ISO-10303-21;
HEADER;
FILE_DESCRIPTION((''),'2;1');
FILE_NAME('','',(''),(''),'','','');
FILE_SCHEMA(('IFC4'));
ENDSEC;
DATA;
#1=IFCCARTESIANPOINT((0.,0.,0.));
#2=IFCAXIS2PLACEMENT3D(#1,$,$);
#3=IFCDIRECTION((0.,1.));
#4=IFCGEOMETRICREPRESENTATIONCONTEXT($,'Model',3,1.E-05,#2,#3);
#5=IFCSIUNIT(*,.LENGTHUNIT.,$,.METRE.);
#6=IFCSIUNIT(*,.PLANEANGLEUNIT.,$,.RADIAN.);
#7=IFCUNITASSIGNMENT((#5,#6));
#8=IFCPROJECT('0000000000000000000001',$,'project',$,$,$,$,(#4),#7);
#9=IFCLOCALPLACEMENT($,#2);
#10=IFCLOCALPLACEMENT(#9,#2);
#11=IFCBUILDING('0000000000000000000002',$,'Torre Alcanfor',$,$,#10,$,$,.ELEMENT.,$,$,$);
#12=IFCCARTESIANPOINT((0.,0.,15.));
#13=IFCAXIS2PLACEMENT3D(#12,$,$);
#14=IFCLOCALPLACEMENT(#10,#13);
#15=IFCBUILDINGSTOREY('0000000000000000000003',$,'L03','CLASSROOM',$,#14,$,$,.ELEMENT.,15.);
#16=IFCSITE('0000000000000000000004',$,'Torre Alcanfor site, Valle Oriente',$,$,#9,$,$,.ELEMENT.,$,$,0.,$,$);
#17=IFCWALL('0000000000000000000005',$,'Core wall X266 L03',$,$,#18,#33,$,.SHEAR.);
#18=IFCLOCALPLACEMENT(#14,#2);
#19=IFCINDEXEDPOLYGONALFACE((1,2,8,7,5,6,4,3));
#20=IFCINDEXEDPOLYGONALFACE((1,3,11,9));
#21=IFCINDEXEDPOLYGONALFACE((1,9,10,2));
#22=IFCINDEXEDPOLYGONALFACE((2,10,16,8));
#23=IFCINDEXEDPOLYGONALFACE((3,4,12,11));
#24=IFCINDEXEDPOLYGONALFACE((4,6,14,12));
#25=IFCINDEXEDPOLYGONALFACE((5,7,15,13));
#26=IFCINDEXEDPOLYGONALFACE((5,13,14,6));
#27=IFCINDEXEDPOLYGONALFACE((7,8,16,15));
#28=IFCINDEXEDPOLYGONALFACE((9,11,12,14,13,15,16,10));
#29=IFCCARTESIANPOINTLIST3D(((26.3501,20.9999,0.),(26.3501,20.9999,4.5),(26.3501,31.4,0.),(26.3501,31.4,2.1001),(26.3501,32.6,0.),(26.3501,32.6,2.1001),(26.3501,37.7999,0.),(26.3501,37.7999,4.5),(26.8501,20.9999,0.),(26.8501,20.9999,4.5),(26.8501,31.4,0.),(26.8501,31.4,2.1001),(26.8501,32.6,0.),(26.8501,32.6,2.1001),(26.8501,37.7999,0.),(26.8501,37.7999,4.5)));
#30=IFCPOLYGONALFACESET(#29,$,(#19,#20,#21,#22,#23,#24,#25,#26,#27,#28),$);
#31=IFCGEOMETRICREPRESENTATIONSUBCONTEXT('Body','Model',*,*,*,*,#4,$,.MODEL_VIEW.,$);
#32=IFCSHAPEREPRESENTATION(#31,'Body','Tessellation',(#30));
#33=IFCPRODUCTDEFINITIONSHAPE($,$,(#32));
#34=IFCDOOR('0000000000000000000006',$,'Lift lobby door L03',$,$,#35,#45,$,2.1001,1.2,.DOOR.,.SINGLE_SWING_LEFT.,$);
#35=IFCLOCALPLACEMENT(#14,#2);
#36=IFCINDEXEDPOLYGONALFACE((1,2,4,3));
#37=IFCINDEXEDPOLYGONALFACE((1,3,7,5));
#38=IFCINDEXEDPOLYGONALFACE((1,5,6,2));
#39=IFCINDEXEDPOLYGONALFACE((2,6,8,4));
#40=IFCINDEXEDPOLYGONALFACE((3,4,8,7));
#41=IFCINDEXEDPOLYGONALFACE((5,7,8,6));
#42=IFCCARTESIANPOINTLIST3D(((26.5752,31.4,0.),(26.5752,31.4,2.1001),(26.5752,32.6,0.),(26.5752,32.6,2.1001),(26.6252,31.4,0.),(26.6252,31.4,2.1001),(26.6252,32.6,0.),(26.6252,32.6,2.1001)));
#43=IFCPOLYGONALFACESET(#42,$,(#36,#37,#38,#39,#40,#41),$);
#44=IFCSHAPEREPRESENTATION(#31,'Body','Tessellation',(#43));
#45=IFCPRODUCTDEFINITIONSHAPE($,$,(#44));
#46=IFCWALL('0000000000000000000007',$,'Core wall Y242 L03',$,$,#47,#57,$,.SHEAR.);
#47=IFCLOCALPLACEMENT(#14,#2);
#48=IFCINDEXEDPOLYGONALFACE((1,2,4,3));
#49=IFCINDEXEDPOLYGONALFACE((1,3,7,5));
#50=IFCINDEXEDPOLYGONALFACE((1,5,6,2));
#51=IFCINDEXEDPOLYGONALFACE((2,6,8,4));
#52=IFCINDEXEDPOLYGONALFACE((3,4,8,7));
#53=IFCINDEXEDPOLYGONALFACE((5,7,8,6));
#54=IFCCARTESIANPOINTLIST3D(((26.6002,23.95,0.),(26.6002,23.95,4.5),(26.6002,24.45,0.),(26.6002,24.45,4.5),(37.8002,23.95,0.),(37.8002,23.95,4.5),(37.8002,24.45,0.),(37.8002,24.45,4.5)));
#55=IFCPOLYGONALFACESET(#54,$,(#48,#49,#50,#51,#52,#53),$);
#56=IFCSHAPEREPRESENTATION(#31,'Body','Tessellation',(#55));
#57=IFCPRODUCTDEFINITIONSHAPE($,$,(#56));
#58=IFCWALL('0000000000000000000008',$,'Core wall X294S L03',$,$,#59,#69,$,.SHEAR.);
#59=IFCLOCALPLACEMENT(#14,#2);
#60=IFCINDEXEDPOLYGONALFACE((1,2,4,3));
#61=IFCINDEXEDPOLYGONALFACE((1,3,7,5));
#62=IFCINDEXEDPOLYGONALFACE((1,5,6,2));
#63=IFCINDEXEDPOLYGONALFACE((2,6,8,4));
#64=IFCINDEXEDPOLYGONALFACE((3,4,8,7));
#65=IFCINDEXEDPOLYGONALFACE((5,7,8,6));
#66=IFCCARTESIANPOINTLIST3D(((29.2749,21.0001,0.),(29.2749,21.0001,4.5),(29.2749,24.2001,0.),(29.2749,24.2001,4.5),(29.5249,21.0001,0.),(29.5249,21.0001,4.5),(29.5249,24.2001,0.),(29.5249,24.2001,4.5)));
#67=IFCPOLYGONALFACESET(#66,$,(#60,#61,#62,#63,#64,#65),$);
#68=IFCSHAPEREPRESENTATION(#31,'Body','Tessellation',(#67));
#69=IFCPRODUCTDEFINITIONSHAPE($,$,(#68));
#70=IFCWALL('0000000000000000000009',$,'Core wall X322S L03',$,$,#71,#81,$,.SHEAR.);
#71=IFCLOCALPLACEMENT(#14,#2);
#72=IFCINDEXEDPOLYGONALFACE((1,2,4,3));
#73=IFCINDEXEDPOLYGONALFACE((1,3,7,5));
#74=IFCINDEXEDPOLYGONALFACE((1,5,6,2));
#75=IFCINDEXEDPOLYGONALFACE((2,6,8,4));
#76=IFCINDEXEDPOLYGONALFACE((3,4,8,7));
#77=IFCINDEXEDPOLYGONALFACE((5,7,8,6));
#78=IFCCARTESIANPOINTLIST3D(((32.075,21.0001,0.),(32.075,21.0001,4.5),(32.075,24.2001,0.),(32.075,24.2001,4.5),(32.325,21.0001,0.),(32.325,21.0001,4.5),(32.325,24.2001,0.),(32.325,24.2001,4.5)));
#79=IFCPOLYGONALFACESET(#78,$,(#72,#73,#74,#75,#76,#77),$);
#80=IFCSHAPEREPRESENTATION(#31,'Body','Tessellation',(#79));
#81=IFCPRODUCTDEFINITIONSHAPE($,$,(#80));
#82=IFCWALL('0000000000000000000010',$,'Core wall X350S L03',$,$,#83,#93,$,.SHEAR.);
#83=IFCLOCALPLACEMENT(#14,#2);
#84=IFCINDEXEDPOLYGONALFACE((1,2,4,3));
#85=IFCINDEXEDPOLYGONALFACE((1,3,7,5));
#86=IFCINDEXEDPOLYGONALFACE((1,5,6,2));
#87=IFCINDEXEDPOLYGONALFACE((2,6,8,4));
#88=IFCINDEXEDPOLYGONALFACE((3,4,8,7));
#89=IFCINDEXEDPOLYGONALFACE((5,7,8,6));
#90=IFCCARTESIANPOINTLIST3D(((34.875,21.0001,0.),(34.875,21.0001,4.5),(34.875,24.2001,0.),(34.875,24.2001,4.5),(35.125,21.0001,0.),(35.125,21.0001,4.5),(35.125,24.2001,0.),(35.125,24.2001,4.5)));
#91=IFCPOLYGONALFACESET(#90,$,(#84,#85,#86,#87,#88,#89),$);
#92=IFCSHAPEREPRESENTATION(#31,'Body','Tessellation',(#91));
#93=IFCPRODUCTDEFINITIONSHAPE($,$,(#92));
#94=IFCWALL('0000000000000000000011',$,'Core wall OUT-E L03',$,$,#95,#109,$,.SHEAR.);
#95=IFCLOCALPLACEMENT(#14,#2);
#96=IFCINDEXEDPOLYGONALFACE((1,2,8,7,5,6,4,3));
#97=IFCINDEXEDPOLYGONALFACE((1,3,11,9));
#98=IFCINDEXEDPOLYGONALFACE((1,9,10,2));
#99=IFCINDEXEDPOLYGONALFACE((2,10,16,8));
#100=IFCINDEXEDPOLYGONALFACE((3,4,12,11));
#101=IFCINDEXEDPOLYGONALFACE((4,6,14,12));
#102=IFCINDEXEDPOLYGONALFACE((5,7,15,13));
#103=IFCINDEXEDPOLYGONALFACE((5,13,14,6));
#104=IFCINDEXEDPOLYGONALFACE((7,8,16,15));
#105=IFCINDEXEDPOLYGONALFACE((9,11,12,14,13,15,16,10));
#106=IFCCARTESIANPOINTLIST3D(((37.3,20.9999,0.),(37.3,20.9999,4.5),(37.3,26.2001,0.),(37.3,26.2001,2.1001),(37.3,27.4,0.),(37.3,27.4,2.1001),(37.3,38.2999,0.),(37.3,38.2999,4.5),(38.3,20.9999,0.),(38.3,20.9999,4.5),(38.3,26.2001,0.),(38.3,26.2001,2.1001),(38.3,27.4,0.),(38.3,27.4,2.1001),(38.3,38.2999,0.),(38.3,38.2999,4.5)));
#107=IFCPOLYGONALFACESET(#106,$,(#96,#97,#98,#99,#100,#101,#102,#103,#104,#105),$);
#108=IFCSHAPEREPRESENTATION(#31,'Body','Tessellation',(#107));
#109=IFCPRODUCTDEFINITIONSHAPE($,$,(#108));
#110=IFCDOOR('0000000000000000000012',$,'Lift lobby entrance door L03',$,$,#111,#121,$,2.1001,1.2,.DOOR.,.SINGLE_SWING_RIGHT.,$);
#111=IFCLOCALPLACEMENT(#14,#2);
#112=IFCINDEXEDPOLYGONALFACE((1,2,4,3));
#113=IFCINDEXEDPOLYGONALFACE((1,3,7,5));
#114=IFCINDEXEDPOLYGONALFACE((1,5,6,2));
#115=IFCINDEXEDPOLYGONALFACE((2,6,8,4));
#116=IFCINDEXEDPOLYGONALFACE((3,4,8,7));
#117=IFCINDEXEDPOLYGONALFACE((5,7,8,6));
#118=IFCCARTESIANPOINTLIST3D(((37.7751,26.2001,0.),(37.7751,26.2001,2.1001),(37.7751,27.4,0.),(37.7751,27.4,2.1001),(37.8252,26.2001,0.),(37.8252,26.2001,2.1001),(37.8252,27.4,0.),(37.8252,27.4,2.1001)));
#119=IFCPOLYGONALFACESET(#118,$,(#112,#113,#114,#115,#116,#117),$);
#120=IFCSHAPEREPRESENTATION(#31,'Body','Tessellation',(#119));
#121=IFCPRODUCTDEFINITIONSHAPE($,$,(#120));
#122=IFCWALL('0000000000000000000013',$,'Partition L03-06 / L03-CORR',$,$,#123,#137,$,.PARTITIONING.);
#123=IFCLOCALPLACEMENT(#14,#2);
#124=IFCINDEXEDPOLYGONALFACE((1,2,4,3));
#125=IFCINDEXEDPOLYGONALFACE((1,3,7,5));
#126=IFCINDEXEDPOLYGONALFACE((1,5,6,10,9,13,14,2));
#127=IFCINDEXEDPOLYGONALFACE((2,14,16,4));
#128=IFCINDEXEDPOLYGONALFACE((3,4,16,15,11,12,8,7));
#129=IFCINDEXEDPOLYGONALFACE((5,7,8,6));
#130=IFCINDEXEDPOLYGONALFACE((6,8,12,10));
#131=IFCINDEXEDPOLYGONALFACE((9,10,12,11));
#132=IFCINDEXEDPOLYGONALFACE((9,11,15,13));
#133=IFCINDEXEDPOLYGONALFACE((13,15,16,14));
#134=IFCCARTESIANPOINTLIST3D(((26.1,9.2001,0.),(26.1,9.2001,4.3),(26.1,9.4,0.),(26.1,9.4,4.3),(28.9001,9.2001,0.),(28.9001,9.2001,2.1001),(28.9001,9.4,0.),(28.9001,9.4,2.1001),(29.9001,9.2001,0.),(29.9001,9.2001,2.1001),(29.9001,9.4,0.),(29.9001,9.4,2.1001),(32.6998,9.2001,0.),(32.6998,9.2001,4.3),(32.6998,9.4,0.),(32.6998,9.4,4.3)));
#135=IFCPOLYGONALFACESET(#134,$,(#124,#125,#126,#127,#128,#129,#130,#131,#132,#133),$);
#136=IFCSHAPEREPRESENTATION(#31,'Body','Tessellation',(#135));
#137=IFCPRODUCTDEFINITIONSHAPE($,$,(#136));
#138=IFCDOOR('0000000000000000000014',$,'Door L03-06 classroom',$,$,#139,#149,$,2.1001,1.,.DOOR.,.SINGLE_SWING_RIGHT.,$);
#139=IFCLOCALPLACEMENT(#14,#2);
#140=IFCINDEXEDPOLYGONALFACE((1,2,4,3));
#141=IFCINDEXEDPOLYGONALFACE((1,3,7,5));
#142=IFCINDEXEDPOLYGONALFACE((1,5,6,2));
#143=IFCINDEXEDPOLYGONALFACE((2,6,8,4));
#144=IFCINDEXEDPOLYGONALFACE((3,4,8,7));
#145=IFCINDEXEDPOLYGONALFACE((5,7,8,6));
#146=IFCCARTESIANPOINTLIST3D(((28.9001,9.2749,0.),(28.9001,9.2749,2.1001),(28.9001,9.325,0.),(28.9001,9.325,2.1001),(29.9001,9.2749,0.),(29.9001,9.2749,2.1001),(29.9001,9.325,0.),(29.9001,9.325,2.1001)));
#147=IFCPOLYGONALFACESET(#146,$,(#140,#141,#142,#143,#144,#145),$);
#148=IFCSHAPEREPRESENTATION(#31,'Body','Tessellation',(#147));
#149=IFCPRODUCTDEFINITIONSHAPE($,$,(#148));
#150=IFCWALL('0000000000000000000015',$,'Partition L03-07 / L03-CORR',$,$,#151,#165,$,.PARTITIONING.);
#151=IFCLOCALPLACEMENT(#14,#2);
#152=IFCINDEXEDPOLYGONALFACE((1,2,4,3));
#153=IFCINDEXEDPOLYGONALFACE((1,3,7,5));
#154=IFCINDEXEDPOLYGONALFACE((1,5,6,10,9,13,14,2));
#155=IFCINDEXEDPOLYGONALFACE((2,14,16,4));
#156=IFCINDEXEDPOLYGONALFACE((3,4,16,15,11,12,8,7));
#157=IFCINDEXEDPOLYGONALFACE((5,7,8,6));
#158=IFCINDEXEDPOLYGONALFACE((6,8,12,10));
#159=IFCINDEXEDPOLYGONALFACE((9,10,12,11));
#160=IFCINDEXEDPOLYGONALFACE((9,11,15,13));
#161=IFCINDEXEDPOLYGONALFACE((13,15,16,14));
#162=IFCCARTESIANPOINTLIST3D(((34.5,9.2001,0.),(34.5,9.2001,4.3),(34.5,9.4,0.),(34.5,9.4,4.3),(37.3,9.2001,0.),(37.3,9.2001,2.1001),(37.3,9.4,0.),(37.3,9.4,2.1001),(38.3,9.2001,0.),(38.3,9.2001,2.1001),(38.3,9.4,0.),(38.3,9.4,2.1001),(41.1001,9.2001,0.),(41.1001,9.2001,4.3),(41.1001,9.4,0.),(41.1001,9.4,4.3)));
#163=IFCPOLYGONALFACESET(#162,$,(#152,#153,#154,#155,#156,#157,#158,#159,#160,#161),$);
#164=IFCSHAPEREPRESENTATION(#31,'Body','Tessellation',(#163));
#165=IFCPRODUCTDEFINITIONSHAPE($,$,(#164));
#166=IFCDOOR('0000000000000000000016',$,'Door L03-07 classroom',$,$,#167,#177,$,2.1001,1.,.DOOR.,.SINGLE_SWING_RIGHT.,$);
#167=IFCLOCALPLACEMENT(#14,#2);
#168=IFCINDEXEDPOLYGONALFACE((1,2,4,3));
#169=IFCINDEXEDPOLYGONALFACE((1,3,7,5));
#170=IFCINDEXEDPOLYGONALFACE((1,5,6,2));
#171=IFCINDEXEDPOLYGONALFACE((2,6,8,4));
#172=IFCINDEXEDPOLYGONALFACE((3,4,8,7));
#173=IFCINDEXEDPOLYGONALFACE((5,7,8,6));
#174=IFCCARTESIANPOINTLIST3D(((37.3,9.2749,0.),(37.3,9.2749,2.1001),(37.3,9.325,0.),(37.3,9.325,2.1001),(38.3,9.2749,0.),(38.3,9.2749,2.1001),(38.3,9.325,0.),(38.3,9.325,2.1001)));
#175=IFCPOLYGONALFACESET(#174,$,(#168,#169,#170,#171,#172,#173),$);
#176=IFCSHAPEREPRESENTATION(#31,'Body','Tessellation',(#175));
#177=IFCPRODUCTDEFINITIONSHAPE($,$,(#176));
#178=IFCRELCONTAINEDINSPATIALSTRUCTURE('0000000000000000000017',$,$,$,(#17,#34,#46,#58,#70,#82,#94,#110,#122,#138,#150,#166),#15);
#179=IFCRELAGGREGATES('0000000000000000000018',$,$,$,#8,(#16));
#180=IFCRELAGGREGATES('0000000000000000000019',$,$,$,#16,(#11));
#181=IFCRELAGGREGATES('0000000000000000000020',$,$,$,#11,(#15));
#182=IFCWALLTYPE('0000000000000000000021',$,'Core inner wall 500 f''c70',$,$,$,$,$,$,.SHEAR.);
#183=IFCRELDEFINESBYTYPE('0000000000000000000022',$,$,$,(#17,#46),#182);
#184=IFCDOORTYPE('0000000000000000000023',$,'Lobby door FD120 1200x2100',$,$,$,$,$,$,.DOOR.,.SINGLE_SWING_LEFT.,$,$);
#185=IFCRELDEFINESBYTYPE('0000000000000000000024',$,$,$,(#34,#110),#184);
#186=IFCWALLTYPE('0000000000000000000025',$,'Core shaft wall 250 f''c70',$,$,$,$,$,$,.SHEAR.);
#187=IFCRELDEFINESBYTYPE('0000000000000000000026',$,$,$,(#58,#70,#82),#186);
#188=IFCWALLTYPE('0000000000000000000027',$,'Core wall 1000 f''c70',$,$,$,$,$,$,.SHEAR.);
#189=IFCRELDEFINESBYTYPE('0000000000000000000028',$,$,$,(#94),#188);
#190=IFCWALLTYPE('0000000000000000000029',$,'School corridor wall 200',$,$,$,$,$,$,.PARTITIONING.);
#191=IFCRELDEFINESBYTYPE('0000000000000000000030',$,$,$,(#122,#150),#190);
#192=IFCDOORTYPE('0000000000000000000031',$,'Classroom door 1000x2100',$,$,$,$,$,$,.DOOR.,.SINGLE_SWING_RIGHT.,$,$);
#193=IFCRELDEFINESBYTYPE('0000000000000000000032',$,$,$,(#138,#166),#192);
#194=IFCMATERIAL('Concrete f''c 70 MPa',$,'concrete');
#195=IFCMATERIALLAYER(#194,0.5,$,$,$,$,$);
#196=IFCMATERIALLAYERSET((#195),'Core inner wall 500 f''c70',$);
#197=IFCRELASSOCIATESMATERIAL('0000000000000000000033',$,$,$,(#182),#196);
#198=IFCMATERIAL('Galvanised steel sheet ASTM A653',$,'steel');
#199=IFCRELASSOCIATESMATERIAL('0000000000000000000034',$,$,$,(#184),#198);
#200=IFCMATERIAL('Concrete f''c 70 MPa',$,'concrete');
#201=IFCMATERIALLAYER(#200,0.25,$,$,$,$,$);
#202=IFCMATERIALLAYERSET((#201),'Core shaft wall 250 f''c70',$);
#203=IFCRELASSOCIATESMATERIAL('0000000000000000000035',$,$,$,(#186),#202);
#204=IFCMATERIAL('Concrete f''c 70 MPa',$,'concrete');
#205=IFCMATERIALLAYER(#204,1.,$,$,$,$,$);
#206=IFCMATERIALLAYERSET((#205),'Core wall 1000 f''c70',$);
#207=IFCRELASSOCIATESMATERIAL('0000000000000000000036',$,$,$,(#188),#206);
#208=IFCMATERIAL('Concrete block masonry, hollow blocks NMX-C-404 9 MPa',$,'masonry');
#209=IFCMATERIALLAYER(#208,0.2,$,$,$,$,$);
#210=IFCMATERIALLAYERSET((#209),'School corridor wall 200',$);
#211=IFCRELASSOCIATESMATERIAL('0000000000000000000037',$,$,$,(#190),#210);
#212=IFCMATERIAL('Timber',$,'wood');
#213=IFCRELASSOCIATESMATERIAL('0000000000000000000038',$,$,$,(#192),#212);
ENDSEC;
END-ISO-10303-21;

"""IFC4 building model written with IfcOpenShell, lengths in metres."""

from ifc_helpers import new_model, si_unit, direction, frame, frame_2d, origin, place, context, subcontext, project, spatial, rectangle, extrude, material, layer, layer_set, type_object, element, fill, save


model = new_model("IFC4")

# Units and contexts
model_context = context("Model", 3, precision=1e-05, world=origin(), true_north=direction((0.0, 1.0)))
body_context = subcontext(model_context, "Body", "Model", "MODEL_VIEW")
ifc_project = project(units=[si_unit("LENGTHUNIT", "METRE"), si_unit("PLANEANGLEUNIT", "RADIAN")], contexts=[model_context])

# Site, building, storey
site_placement = place(None, origin())
site = spatial("IfcSite", under=ifc_project, at=site_placement, Name="Torre Alcanfor site, Valle Oriente", CompositionType="ELEMENT", RefElevation=0.0)
building_placement = place(site_placement, origin())
building = spatial("IfcBuilding", under=site, at=building_placement, Name="Torre Alcanfor", CompositionType="ELEMENT")
storey_placement = place(building_placement, frame((0.0, 0.0, 15.0)))
storey = spatial("IfcBuildingStorey", under=building, at=storey_placement, Name="L03", Description="CLASSROOM", CompositionType="ELEMENT", Elevation=15.0)

# Wall, opening, door
ifc_material_1 = material(Name="Concrete f'c 70 MPa", Category="concrete")
ifc_layer_1 = layer(ifc_material_1, 0.5)
ifc_layer_set_1 = layer_set([ifc_layer_1], Name="Core inner wall 500 f'c70")
wall_type_1 = type_object("IfcWallType", Name="Core inner wall 500 f'c70", PredefinedType="SHEAR", material=ifc_layer_set_1)
wall_1_placement = place(storey_placement, frame((26.6001, 21.0, 0.0), z_axis=(0.0, 0.0, 1.0), x_axis=(0.0, 1.0, 0.0)))
wall_1 = element("IfcWall", 1, at=wall_1_placement, inside=storey, type_object=wall_type_1, Name="Core wall X266 L03", PredefinedType="SHEAR", context=body_context, shape_type="SweptSolid", body=[
    extrude(rectangle(XDim=16.8, YDim=0.5, at=frame_2d((8.3999, 0.0))), origin(), (0.0, 0.0, 1.0), 4.5),
])
opening_1_placement = place(wall_1_placement, frame((10.3999, 0.0, 0.0)))
opening_1 = element("IfcOpeningElement", 2, at=opening_1_placement, cuts=wall_1, PredefinedType="OPENING", context=body_context, shape_type="SweptSolid", body=[
    extrude(rectangle(XDim=1.2, YDim=2.1001, at=frame_2d((0.6001, 1.05))), frame((0.0, 0.26, 0.0), z_axis=(0.0, -1.0, 0.0), x_axis=(1.0, 0.0, 0.0)), (0.0, 0.0, 1.0), 0.52),
])
ifc_material_2 = material(Name="Galvanised steel sheet ASTM A653", Category="steel")
door_type_1 = type_object("IfcDoorType", Name="Lobby door FD120 1200x2100", OperationType="SINGLE_SWING_LEFT", PredefinedType="DOOR", material=ifc_material_2)
door_1_placement = place(opening_1_placement, origin())
door_1 = element("IfcDoor", 3, at=door_1_placement, inside=storey, type_object=door_type_1, Name="Lift lobby door L03", OperationType="SINGLE_SWING_LEFT", OverallHeight=2.1001, OverallWidth=1.2, PredefinedType="DOOR", context=body_context, shape_type="SweptSolid", body=[
    extrude(rectangle(XDim=1.2, YDim=2.1001, at=frame_2d((0.6001, 1.05))), frame((0.0, 0.0249, 0.0), z_axis=(0.0, -1.0, 0.0), x_axis=(1.0, 0.0, 0.0)), (0.0, 0.0, 1.0), 0.05),
])
fill(opening_1, door_1)

# Walls
wall_2_placement = place(storey_placement, frame((26.6001, 24.2, 0.0), z_axis=(0.0, 0.0, 1.0), x_axis=(1.0, 0.0, 0.0)))
element("IfcWall", 4, at=wall_2_placement, inside=storey, type_object=wall_type_1, Name="Core wall Y242 L03", PredefinedType="SHEAR", context=body_context, shape_type="SweptSolid", body=[
    extrude(rectangle(XDim=11.2, YDim=0.5, at=frame_2d((5.6001, 0.0))), origin(), (0.0, 0.0, 1.0), 4.5),
])
ifc_material_3 = material(Name="Concrete f'c 70 MPa", Category="concrete")
ifc_layer_2 = layer(ifc_material_3, 0.25)
ifc_layer_set_2 = layer_set([ifc_layer_2], Name="Core shaft wall 250 f'c70")
wall_type_2 = type_object("IfcWallType", Name="Core shaft wall 250 f'c70", PredefinedType="SHEAR", material=ifc_layer_set_2)
for number, where, z_axis, x_axis, name in (
    (5, (29.3999, 21.0, 0.0), (0.0, 0.0, 1.0), (0.0, 1.0, 0.0), "Core wall X294S L03"),
    (6, (32.2, 21.0, 0.0), (0.0, 0.0, 1.0), (0.0, 1.0, 0.0), "Core wall X322S L03"),
    (7, (35.0, 21.0, 0.0), (0.0, 0.0, 1.0), (0.0, 1.0, 0.0), "Core wall X350S L03"),
):
    element("IfcWall", number, at=place(storey_placement, frame(where, z_axis=z_axis, x_axis=x_axis)), inside=storey, type_object=wall_type_2, Name=name, PredefinedType="SHEAR", context=body_context, shape_type="SweptSolid", body=[
        extrude(rectangle(XDim=3.2, YDim=0.25, at=frame_2d((1.6001, 0.0))), origin(), (0.0, 0.0, 1.0), 4.5),
    ])

# Walls, openings, doors
ifc_material_4 = material(Name="Concrete f'c 70 MPa", Category="concrete")
ifc_layer_3 = layer(ifc_material_4, 1.0)
ifc_layer_set_3 = layer_set([ifc_layer_3], Name="Core wall 1000 f'c70")
wall_type_3 = type_object("IfcWallType", Name="Core wall 1000 f'c70", PredefinedType="SHEAR", material=ifc_layer_set_3)
wall_3_placement = place(storey_placement, frame((37.8, 21.0, 0.0), z_axis=(0.0, 0.0, 1.0), x_axis=(0.0, 1.0, 0.0)))
wall_3 = element("IfcWall", 8, at=wall_3_placement, inside=storey, type_object=wall_type_3, Name="Core wall OUT-E L03", PredefinedType="SHEAR", context=body_context, shape_type="SweptSolid", body=[
    extrude(rectangle(XDim=17.3, YDim=1.0, at=frame_2d((8.6499, 0.0))), origin(), (0.0, 0.0, 1.0), 4.5),
])
opening_2_placement = place(wall_3_placement, frame((5.2, 0.0, 0.0)))
opening_2 = element("IfcOpeningElement", 9, at=opening_2_placement, cuts=wall_3, PredefinedType="OPENING", context=body_context, shape_type="SweptSolid", body=[
    extrude(rectangle(XDim=1.2, YDim=2.1001, at=frame_2d((0.6001, 1.05))), frame((0.0, 0.51, 0.0), z_axis=(0.0, -1.0, 0.0), x_axis=(1.0, 0.0, 0.0)), (0.0, 0.0, 1.0), 1.02),
])
door_2_placement = place(opening_2_placement, frame((1.2, 0.0, 0.0), z_axis=(0.0, 0.0, 1.0), x_axis=(-1.0, 0.0, 0.0)))
door_2 = element("IfcDoor", 10, at=door_2_placement, inside=storey, type_object=door_type_1, Name="Lift lobby entrance door L03", OperationType="SINGLE_SWING_RIGHT", OverallHeight=2.1001, OverallWidth=1.2, PredefinedType="DOOR", context=body_context, shape_type="SweptSolid", body=[
    extrude(rectangle(XDim=1.2, YDim=2.1001, at=frame_2d((0.5999, 1.05))), frame((0.0, 0.0251, 0.0), z_axis=(0.0, -1.0, 0.0), x_axis=(1.0, 0.0, 0.0)), (0.0, 0.0, 1.0), 0.05),
])
fill(opening_2, door_2)
ifc_material_5 = material(Name="Concrete block masonry, hollow blocks NMX-C-404 9 MPa", Category="masonry")
ifc_layer_4 = layer(ifc_material_5, 0.2)
ifc_layer_set_4 = layer_set([ifc_layer_4], Name="School corridor wall 200")
wall_type_4 = type_object("IfcWallType", Name="School corridor wall 200", PredefinedType="PARTITIONING", material=ifc_layer_set_4)
wall_4_placement = place(storey_placement, frame((26.1001, 9.3, 0.0), z_axis=(0.0, 0.0, 1.0), x_axis=(1.0, 0.0, 0.0)))
wall_4 = element("IfcWall", 11, at=wall_4_placement, inside=storey, type_object=wall_type_4, Name="Partition L03-06 / L03-CORR", PredefinedType="PARTITIONING", context=body_context, shape_type="SweptSolid", body=[
    extrude(rectangle(XDim=6.5999, YDim=0.2, at=frame_2d((3.2998, 0.0))), origin(), (0.0, 0.0, 1.0), 4.3),
])
opening_3_placement = place(wall_4_placement, frame((2.8, 0.0, 0.0)))
opening_3 = element("IfcOpeningElement", 12, at=opening_3_placement, cuts=wall_4, PredefinedType="OPENING", context=body_context, shape_type="SweptSolid", body=[
    extrude(rectangle(XDim=1.0, YDim=2.1001, at=frame_2d((0.5, 1.05))), frame((0.0, 0.1099, 0.0), z_axis=(0.0, -1.0, 0.0), x_axis=(1.0, 0.0, 0.0)), (0.0, 0.0, 1.0), 0.22),
])
ifc_material_6 = material(Name="Timber", Category="wood")
door_type_2 = type_object("IfcDoorType", Name="Classroom door 1000x2100", OperationType="SINGLE_SWING_RIGHT", PredefinedType="DOOR", material=ifc_material_6)
door_3_placement = place(opening_3_placement, frame((1.0, 0.0, 0.0), z_axis=(0.0, 0.0, 1.0), x_axis=(-1.0, 0.0, 0.0)))
door_3 = element("IfcDoor", 13, at=door_3_placement, inside=storey, type_object=door_type_2, Name="Door L03-06 classroom", OperationType="SINGLE_SWING_RIGHT", OverallHeight=2.1001, OverallWidth=1.0, PredefinedType="DOOR", context=body_context, shape_type="SweptSolid", body=[
    extrude(rectangle(XDim=1.0, YDim=2.1001, at=frame_2d((0.5, 1.05))), frame((0.0, 0.0251, 0.0), z_axis=(0.0, -1.0, 0.0), x_axis=(1.0, 0.0, 0.0)), (0.0, 0.0, 1.0), 0.05),
])
fill(opening_3, door_3)
wall_5_placement = place(storey_placement, frame((34.5, 9.3, 0.0), z_axis=(0.0, 0.0, 1.0), x_axis=(1.0, 0.0, 0.0)))
wall_5 = element("IfcWall", 14, at=wall_5_placement, inside=storey, type_object=wall_type_4, Name="Partition L03-07 / L03-CORR", PredefinedType="PARTITIONING", context=body_context, shape_type="SweptSolid", body=[
    extrude(rectangle(XDim=6.6001, YDim=0.2, at=frame_2d((3.3, 0.0))), origin(), (0.0, 0.0, 1.0), 4.3),
])
opening_4_placement = place(wall_5_placement, frame((2.8, 0.0, 0.0)))
opening_4 = element("IfcOpeningElement", 15, at=opening_4_placement, cuts=wall_5, PredefinedType="OPENING", context=body_context, shape_type="SweptSolid", body=[
    extrude(rectangle(XDim=1.0, YDim=2.1001, at=frame_2d((0.5, 1.05))), frame((0.0, 0.1099, 0.0), z_axis=(0.0, -1.0, 0.0), x_axis=(1.0, 0.0, 0.0)), (0.0, 0.0, 1.0), 0.22),
])
door_4_placement = place(opening_4_placement, frame((1.0, 0.0, 0.0), z_axis=(0.0, 0.0, 1.0), x_axis=(-1.0, 0.0, 0.0)))
door_4 = element("IfcDoor", 16, at=door_4_placement, inside=storey, type_object=door_type_2, Name="Door L03-07 classroom", OperationType="SINGLE_SWING_RIGHT", OverallHeight=2.1001, OverallWidth=1.0, PredefinedType="DOOR", context=body_context, shape_type="SweptSolid", body=[
    extrude(rectangle(XDim=1.0, YDim=2.1001, at=frame_2d((0.5, 1.05))), frame((0.0, 0.0251, 0.0), z_axis=(0.0, -1.0, 0.0), x_axis=(1.0, 0.0, 0.0)), (0.0, 0.0, 1.0), 0.05),
])
fill(opening_4, door_4)

save(model, "model.ifc")
